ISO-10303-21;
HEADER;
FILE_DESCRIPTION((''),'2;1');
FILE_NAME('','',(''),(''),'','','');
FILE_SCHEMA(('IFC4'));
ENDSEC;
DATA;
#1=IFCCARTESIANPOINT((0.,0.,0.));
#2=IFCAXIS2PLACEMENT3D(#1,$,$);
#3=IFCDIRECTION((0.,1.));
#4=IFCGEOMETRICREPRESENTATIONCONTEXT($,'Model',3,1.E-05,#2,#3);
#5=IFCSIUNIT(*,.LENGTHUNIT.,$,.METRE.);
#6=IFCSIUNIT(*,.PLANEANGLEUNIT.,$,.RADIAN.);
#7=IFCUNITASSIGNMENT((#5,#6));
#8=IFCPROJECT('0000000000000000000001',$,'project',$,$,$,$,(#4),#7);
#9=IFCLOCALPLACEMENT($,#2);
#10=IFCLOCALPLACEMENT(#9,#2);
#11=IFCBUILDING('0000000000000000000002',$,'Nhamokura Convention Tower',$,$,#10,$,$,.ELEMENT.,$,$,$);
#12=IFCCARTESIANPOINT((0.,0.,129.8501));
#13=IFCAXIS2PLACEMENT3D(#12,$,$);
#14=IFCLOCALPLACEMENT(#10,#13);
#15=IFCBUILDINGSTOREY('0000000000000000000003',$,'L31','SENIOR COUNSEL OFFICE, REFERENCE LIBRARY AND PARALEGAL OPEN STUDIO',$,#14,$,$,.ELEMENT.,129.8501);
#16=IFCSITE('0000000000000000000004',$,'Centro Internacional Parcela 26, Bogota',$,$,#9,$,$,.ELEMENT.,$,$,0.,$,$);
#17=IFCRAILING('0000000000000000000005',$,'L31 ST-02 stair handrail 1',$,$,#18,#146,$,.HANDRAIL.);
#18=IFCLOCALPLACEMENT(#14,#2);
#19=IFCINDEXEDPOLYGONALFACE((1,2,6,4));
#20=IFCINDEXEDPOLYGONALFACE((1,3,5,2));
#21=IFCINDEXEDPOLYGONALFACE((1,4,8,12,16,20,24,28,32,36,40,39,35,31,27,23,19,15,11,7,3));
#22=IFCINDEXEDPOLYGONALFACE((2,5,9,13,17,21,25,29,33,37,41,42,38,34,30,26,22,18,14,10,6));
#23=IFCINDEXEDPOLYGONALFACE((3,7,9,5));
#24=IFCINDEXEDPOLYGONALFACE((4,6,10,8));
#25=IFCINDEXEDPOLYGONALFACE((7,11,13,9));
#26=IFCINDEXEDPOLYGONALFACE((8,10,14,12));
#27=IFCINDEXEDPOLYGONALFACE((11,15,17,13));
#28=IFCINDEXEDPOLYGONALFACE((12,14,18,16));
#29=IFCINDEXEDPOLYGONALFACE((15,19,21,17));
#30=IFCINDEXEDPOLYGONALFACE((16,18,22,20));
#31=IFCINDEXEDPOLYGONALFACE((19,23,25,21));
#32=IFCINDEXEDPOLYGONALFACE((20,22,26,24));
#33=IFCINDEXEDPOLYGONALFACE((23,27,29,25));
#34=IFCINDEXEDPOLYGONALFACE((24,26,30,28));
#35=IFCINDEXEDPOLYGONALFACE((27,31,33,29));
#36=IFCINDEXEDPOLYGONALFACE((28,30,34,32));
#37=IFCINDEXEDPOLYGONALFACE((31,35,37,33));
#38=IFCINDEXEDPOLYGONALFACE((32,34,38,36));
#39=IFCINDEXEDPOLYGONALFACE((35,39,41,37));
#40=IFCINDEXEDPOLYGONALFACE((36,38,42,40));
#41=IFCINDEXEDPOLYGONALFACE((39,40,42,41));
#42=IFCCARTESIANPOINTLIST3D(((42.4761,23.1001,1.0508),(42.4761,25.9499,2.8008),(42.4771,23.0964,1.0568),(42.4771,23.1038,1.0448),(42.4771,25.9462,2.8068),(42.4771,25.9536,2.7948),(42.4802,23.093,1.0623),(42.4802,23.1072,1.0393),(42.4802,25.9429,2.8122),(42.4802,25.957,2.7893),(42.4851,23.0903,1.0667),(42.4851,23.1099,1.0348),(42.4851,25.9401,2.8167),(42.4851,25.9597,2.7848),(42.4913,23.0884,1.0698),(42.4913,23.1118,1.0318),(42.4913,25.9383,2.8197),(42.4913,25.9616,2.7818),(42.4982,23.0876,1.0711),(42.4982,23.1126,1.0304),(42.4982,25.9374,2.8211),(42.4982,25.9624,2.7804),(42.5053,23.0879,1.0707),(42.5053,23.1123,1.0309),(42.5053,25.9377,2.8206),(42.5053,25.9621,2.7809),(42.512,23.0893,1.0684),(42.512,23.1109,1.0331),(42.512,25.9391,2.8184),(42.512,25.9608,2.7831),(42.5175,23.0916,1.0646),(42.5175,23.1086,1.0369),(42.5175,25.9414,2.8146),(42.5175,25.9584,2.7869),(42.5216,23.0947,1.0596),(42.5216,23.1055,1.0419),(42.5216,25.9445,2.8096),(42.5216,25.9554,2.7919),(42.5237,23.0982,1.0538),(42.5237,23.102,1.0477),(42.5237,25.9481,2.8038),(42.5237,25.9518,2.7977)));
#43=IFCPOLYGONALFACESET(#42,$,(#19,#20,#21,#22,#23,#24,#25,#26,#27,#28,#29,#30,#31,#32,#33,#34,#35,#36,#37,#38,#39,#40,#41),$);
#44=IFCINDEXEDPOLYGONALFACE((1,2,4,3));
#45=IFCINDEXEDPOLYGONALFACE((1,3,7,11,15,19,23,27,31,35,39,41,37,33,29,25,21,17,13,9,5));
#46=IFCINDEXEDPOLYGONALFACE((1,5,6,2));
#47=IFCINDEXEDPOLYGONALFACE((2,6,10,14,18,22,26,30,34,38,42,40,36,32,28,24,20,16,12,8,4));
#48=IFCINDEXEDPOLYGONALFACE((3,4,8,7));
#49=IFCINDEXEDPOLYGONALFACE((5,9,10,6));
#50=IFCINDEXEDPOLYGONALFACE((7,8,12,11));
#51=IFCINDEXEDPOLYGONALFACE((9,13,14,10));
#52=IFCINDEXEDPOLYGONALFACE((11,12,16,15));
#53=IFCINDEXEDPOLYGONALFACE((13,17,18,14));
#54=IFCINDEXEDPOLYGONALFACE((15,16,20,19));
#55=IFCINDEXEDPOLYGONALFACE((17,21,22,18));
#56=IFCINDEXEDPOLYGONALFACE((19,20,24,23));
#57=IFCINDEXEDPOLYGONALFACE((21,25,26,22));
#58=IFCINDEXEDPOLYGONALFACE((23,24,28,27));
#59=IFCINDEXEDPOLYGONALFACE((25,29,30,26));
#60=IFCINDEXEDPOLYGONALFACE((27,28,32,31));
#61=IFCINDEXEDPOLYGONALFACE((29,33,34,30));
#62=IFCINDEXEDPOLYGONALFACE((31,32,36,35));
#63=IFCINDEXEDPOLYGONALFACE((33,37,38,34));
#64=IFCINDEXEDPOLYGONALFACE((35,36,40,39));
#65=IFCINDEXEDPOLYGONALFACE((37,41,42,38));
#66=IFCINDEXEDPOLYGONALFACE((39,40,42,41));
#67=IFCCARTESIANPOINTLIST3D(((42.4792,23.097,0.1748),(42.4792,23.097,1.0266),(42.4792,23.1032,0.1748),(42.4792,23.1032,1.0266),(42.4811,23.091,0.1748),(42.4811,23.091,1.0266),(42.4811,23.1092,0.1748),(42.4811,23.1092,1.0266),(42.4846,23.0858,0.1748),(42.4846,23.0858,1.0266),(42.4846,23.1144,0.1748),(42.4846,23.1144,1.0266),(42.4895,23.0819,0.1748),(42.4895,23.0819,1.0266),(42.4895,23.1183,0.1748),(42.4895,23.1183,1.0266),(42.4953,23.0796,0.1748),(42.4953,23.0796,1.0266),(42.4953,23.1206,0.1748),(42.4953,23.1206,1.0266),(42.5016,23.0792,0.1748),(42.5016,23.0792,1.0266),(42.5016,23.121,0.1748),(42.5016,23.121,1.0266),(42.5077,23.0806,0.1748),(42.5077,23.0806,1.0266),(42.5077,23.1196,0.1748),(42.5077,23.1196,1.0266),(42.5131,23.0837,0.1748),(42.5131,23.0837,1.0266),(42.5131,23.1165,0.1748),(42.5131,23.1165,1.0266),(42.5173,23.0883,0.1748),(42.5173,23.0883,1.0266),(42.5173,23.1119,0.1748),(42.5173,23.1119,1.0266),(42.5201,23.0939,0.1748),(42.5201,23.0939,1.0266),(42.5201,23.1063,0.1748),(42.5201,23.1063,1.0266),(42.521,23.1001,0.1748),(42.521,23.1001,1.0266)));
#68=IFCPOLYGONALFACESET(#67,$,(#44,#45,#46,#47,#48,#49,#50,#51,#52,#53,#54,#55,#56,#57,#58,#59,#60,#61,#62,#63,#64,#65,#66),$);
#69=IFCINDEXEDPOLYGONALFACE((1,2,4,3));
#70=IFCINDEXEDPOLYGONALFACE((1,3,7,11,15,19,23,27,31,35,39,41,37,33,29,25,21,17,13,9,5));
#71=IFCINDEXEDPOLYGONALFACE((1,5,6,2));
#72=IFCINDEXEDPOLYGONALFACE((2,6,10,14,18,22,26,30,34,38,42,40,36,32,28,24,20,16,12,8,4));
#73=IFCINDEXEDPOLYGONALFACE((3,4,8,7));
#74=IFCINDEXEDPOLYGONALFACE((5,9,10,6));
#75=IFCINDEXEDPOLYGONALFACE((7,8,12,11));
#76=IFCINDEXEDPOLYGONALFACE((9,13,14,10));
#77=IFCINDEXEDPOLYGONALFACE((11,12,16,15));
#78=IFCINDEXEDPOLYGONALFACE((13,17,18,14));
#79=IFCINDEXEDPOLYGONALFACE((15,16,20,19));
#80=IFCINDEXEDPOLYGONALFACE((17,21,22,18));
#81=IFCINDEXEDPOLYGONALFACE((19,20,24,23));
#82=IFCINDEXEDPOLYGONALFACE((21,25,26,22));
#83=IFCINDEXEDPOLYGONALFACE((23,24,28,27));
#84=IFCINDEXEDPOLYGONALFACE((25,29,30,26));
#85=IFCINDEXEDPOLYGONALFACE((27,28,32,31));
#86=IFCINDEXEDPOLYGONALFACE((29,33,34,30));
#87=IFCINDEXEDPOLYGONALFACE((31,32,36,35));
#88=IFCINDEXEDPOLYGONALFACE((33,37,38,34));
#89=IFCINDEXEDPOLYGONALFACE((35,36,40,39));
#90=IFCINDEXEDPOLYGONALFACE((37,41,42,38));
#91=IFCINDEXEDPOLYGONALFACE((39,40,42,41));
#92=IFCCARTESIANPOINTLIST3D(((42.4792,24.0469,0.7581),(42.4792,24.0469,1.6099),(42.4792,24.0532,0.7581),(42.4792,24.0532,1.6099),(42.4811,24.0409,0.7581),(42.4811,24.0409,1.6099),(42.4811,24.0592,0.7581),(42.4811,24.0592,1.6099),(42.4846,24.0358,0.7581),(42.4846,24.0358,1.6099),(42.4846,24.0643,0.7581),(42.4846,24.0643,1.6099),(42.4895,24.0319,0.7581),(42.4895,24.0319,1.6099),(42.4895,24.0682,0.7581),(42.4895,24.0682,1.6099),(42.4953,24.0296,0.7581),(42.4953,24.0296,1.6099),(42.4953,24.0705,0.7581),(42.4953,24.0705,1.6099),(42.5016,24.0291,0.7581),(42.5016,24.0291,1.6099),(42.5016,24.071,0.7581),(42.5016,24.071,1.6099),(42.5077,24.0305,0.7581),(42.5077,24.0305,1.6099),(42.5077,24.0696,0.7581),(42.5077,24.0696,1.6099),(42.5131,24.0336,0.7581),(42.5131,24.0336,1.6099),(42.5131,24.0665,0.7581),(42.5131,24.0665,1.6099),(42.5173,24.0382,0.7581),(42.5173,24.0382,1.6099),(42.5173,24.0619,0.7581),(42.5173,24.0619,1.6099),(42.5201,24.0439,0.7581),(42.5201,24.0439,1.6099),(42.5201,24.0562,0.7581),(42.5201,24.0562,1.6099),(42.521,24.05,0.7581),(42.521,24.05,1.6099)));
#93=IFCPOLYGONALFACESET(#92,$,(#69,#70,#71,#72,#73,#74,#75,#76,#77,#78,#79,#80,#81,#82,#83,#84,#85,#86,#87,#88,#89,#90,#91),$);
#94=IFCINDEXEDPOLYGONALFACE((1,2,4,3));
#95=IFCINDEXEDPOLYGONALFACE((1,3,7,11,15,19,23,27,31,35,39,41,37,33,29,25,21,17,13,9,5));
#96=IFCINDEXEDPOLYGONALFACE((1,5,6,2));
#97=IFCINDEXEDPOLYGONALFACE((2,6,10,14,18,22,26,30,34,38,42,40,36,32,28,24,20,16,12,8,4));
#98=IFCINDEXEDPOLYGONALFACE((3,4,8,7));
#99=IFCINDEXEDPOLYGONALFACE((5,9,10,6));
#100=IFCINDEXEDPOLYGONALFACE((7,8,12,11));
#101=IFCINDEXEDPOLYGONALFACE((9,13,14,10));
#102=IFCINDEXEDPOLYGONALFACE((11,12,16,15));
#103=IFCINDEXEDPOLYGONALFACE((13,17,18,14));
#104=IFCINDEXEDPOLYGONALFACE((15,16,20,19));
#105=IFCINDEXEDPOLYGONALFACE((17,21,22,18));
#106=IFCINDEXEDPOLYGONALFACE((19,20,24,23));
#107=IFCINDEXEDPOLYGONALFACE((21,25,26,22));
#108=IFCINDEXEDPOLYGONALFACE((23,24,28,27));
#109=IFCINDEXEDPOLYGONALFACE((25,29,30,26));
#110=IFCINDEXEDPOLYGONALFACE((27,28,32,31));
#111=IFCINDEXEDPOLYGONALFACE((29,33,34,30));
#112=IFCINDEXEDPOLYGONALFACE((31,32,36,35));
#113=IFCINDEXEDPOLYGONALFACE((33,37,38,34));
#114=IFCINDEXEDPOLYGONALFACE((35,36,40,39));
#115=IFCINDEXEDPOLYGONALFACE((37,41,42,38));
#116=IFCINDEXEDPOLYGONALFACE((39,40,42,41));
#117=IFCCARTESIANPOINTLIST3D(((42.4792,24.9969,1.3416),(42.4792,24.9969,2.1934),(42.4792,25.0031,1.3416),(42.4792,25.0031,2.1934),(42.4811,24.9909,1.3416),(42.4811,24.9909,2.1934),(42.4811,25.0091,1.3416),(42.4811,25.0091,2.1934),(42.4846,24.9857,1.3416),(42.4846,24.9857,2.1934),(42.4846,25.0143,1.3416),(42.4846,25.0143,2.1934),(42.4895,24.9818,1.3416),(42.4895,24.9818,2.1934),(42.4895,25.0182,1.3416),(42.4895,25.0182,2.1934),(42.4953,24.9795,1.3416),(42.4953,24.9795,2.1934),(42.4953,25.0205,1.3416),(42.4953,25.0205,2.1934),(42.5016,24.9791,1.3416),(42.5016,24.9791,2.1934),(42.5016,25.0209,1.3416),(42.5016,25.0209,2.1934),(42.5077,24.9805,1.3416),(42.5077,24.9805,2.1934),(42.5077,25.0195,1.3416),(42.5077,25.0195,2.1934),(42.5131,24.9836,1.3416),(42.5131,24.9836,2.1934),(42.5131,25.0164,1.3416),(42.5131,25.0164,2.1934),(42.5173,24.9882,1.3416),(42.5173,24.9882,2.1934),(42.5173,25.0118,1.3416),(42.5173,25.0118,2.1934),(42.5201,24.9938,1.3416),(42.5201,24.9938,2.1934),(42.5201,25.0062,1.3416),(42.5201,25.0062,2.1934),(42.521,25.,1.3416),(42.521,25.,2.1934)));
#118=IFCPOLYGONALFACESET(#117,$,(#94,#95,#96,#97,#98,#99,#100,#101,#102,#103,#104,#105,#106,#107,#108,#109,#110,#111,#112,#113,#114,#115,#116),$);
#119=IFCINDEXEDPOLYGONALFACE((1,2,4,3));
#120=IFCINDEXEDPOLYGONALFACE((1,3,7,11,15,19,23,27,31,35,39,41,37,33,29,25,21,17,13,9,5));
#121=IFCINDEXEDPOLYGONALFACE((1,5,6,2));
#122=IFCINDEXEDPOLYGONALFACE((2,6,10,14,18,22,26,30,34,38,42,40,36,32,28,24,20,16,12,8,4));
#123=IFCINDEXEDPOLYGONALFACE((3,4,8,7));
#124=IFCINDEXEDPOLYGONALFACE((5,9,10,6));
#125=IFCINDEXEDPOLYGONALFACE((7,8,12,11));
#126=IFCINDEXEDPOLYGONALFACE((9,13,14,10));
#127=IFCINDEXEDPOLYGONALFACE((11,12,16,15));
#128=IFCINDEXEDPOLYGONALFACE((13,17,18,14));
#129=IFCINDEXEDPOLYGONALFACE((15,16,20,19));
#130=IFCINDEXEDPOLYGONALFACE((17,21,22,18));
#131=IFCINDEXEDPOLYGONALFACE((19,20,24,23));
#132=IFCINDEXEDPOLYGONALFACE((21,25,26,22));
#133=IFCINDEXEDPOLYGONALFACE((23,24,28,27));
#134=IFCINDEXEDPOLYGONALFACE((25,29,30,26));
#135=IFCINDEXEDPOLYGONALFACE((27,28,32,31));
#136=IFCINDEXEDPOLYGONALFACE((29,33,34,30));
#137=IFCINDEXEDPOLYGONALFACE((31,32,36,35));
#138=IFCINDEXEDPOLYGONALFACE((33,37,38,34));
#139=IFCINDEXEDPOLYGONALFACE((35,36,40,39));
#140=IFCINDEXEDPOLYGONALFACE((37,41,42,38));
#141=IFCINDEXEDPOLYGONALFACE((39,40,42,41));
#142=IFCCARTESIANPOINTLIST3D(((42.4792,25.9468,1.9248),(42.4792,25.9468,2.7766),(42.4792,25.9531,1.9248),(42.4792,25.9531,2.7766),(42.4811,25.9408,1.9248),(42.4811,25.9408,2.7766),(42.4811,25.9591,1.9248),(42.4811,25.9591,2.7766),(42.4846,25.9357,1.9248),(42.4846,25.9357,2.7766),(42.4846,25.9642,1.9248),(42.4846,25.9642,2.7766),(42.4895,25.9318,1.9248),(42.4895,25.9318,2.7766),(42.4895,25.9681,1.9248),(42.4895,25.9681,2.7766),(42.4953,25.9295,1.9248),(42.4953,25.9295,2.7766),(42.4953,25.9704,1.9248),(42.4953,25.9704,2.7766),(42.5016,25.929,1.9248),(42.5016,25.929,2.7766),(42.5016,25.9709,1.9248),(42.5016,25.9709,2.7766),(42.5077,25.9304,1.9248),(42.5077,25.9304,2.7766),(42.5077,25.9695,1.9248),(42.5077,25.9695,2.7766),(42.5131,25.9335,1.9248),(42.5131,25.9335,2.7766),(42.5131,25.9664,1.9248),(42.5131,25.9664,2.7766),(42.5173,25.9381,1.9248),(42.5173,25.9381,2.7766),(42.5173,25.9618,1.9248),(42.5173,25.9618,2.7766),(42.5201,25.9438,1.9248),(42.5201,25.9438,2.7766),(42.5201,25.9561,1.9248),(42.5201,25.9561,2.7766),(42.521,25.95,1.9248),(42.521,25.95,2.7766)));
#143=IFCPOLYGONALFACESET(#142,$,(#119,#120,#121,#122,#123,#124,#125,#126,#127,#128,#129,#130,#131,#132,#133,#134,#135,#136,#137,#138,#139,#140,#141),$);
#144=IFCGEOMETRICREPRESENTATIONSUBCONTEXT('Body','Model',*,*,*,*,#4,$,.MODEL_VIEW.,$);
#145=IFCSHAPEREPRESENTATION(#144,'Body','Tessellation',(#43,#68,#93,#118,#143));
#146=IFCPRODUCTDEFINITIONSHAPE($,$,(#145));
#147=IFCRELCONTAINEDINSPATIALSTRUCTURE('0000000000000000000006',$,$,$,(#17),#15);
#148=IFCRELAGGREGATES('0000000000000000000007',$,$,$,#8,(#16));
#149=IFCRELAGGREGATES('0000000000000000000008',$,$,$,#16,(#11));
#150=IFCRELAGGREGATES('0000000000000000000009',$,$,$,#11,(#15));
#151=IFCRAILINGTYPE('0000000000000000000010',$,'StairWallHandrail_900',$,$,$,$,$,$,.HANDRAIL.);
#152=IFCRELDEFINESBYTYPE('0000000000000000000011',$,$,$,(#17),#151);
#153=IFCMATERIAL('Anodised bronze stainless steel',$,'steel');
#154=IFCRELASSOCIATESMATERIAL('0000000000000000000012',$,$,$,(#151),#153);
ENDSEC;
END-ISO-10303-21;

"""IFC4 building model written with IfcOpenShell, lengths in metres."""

from ifc_helpers import new_model, si_unit, direction, frame, origin, origin_2d, place, context, subcontext, project, spatial, circle, extrude, material, type_object, element, save


model = new_model("IFC4")

# Units and contexts
model_context = context("Model", 3, precision=1e-05, world=origin(), true_north=direction((0.0, 1.0)))
body_context = subcontext(model_context, "Body", "Model", "MODEL_VIEW")
ifc_project = project(units=[si_unit("LENGTHUNIT", "METRE"), si_unit("PLANEANGLEUNIT", "RADIAN")], contexts=[model_context])

# Site, building, storey
site_placement = place(None, origin())
site = spatial("IfcSite", under=ifc_project, at=site_placement, Name="Centro Internacional Parcela 26, Bogota", CompositionType="ELEMENT", RefElevation=0.0)
building_placement = place(site_placement, origin())
building = spatial("IfcBuilding", under=site, at=building_placement, Name="Nhamokura Convention Tower", CompositionType="ELEMENT")
storey_placement = place(building_placement, frame((0.0, 0.0, 129.8501)))
storey = spatial("IfcBuildingStorey", under=building, at=storey_placement, Name="L31", Description="SENIOR COUNSEL OFFICE, REFERENCE LIBRARY AND PARALEGAL OPEN STUDIO", CompositionType="ELEMENT", Elevation=129.8501)

# Railing
ifc_material_1 = material(Name="Anodised bronze stainless steel", Category="steel")
railing_type_1 = type_object("IfcRailingType", Name="StairWallHandrail_900", PredefinedType="HANDRAIL", material=ifc_material_1)
railing_1_placement = place(storey_placement, frame((42.5, 23.1001, 0.1748)))
element("IfcRailing", 1, at=railing_1_placement, inside=storey, type_object=railing_type_1, Name="L31 ST-02 stair handrail 1", PredefinedType="HANDRAIL", context=body_context, shape_type="SweptSolid", body=[
    extrude(circle(Radius=0.0239, at=origin_2d()), frame((0.0, 0.0, 0.876), z_axis=(0.0, 0.852159, 0.523283), x_axis=(-1.0, 0.0, 0.0)), (0.0, 0.0, 1.0), 3.3442),
    extrude(circle(Radius=0.021, at=origin_2d()), origin(), (0.0, 0.0, 1.0), 0.8518),
    extrude(circle(Radius=0.021, at=origin_2d()), frame((0.0, 0.95, 0.5833)), (0.0, 0.0, 1.0), 0.8518),
    extrude(circle(Radius=0.021, at=origin_2d()), frame((0.0, 1.8999, 1.1667)), (0.0, 0.0, 1.0), 0.8518),
    extrude(circle(Radius=0.021, at=origin_2d()), frame((0.0, 2.8499, 1.75)), (0.0, 0.0, 1.0), 0.8518),
])

save(model, "model.ifc")
